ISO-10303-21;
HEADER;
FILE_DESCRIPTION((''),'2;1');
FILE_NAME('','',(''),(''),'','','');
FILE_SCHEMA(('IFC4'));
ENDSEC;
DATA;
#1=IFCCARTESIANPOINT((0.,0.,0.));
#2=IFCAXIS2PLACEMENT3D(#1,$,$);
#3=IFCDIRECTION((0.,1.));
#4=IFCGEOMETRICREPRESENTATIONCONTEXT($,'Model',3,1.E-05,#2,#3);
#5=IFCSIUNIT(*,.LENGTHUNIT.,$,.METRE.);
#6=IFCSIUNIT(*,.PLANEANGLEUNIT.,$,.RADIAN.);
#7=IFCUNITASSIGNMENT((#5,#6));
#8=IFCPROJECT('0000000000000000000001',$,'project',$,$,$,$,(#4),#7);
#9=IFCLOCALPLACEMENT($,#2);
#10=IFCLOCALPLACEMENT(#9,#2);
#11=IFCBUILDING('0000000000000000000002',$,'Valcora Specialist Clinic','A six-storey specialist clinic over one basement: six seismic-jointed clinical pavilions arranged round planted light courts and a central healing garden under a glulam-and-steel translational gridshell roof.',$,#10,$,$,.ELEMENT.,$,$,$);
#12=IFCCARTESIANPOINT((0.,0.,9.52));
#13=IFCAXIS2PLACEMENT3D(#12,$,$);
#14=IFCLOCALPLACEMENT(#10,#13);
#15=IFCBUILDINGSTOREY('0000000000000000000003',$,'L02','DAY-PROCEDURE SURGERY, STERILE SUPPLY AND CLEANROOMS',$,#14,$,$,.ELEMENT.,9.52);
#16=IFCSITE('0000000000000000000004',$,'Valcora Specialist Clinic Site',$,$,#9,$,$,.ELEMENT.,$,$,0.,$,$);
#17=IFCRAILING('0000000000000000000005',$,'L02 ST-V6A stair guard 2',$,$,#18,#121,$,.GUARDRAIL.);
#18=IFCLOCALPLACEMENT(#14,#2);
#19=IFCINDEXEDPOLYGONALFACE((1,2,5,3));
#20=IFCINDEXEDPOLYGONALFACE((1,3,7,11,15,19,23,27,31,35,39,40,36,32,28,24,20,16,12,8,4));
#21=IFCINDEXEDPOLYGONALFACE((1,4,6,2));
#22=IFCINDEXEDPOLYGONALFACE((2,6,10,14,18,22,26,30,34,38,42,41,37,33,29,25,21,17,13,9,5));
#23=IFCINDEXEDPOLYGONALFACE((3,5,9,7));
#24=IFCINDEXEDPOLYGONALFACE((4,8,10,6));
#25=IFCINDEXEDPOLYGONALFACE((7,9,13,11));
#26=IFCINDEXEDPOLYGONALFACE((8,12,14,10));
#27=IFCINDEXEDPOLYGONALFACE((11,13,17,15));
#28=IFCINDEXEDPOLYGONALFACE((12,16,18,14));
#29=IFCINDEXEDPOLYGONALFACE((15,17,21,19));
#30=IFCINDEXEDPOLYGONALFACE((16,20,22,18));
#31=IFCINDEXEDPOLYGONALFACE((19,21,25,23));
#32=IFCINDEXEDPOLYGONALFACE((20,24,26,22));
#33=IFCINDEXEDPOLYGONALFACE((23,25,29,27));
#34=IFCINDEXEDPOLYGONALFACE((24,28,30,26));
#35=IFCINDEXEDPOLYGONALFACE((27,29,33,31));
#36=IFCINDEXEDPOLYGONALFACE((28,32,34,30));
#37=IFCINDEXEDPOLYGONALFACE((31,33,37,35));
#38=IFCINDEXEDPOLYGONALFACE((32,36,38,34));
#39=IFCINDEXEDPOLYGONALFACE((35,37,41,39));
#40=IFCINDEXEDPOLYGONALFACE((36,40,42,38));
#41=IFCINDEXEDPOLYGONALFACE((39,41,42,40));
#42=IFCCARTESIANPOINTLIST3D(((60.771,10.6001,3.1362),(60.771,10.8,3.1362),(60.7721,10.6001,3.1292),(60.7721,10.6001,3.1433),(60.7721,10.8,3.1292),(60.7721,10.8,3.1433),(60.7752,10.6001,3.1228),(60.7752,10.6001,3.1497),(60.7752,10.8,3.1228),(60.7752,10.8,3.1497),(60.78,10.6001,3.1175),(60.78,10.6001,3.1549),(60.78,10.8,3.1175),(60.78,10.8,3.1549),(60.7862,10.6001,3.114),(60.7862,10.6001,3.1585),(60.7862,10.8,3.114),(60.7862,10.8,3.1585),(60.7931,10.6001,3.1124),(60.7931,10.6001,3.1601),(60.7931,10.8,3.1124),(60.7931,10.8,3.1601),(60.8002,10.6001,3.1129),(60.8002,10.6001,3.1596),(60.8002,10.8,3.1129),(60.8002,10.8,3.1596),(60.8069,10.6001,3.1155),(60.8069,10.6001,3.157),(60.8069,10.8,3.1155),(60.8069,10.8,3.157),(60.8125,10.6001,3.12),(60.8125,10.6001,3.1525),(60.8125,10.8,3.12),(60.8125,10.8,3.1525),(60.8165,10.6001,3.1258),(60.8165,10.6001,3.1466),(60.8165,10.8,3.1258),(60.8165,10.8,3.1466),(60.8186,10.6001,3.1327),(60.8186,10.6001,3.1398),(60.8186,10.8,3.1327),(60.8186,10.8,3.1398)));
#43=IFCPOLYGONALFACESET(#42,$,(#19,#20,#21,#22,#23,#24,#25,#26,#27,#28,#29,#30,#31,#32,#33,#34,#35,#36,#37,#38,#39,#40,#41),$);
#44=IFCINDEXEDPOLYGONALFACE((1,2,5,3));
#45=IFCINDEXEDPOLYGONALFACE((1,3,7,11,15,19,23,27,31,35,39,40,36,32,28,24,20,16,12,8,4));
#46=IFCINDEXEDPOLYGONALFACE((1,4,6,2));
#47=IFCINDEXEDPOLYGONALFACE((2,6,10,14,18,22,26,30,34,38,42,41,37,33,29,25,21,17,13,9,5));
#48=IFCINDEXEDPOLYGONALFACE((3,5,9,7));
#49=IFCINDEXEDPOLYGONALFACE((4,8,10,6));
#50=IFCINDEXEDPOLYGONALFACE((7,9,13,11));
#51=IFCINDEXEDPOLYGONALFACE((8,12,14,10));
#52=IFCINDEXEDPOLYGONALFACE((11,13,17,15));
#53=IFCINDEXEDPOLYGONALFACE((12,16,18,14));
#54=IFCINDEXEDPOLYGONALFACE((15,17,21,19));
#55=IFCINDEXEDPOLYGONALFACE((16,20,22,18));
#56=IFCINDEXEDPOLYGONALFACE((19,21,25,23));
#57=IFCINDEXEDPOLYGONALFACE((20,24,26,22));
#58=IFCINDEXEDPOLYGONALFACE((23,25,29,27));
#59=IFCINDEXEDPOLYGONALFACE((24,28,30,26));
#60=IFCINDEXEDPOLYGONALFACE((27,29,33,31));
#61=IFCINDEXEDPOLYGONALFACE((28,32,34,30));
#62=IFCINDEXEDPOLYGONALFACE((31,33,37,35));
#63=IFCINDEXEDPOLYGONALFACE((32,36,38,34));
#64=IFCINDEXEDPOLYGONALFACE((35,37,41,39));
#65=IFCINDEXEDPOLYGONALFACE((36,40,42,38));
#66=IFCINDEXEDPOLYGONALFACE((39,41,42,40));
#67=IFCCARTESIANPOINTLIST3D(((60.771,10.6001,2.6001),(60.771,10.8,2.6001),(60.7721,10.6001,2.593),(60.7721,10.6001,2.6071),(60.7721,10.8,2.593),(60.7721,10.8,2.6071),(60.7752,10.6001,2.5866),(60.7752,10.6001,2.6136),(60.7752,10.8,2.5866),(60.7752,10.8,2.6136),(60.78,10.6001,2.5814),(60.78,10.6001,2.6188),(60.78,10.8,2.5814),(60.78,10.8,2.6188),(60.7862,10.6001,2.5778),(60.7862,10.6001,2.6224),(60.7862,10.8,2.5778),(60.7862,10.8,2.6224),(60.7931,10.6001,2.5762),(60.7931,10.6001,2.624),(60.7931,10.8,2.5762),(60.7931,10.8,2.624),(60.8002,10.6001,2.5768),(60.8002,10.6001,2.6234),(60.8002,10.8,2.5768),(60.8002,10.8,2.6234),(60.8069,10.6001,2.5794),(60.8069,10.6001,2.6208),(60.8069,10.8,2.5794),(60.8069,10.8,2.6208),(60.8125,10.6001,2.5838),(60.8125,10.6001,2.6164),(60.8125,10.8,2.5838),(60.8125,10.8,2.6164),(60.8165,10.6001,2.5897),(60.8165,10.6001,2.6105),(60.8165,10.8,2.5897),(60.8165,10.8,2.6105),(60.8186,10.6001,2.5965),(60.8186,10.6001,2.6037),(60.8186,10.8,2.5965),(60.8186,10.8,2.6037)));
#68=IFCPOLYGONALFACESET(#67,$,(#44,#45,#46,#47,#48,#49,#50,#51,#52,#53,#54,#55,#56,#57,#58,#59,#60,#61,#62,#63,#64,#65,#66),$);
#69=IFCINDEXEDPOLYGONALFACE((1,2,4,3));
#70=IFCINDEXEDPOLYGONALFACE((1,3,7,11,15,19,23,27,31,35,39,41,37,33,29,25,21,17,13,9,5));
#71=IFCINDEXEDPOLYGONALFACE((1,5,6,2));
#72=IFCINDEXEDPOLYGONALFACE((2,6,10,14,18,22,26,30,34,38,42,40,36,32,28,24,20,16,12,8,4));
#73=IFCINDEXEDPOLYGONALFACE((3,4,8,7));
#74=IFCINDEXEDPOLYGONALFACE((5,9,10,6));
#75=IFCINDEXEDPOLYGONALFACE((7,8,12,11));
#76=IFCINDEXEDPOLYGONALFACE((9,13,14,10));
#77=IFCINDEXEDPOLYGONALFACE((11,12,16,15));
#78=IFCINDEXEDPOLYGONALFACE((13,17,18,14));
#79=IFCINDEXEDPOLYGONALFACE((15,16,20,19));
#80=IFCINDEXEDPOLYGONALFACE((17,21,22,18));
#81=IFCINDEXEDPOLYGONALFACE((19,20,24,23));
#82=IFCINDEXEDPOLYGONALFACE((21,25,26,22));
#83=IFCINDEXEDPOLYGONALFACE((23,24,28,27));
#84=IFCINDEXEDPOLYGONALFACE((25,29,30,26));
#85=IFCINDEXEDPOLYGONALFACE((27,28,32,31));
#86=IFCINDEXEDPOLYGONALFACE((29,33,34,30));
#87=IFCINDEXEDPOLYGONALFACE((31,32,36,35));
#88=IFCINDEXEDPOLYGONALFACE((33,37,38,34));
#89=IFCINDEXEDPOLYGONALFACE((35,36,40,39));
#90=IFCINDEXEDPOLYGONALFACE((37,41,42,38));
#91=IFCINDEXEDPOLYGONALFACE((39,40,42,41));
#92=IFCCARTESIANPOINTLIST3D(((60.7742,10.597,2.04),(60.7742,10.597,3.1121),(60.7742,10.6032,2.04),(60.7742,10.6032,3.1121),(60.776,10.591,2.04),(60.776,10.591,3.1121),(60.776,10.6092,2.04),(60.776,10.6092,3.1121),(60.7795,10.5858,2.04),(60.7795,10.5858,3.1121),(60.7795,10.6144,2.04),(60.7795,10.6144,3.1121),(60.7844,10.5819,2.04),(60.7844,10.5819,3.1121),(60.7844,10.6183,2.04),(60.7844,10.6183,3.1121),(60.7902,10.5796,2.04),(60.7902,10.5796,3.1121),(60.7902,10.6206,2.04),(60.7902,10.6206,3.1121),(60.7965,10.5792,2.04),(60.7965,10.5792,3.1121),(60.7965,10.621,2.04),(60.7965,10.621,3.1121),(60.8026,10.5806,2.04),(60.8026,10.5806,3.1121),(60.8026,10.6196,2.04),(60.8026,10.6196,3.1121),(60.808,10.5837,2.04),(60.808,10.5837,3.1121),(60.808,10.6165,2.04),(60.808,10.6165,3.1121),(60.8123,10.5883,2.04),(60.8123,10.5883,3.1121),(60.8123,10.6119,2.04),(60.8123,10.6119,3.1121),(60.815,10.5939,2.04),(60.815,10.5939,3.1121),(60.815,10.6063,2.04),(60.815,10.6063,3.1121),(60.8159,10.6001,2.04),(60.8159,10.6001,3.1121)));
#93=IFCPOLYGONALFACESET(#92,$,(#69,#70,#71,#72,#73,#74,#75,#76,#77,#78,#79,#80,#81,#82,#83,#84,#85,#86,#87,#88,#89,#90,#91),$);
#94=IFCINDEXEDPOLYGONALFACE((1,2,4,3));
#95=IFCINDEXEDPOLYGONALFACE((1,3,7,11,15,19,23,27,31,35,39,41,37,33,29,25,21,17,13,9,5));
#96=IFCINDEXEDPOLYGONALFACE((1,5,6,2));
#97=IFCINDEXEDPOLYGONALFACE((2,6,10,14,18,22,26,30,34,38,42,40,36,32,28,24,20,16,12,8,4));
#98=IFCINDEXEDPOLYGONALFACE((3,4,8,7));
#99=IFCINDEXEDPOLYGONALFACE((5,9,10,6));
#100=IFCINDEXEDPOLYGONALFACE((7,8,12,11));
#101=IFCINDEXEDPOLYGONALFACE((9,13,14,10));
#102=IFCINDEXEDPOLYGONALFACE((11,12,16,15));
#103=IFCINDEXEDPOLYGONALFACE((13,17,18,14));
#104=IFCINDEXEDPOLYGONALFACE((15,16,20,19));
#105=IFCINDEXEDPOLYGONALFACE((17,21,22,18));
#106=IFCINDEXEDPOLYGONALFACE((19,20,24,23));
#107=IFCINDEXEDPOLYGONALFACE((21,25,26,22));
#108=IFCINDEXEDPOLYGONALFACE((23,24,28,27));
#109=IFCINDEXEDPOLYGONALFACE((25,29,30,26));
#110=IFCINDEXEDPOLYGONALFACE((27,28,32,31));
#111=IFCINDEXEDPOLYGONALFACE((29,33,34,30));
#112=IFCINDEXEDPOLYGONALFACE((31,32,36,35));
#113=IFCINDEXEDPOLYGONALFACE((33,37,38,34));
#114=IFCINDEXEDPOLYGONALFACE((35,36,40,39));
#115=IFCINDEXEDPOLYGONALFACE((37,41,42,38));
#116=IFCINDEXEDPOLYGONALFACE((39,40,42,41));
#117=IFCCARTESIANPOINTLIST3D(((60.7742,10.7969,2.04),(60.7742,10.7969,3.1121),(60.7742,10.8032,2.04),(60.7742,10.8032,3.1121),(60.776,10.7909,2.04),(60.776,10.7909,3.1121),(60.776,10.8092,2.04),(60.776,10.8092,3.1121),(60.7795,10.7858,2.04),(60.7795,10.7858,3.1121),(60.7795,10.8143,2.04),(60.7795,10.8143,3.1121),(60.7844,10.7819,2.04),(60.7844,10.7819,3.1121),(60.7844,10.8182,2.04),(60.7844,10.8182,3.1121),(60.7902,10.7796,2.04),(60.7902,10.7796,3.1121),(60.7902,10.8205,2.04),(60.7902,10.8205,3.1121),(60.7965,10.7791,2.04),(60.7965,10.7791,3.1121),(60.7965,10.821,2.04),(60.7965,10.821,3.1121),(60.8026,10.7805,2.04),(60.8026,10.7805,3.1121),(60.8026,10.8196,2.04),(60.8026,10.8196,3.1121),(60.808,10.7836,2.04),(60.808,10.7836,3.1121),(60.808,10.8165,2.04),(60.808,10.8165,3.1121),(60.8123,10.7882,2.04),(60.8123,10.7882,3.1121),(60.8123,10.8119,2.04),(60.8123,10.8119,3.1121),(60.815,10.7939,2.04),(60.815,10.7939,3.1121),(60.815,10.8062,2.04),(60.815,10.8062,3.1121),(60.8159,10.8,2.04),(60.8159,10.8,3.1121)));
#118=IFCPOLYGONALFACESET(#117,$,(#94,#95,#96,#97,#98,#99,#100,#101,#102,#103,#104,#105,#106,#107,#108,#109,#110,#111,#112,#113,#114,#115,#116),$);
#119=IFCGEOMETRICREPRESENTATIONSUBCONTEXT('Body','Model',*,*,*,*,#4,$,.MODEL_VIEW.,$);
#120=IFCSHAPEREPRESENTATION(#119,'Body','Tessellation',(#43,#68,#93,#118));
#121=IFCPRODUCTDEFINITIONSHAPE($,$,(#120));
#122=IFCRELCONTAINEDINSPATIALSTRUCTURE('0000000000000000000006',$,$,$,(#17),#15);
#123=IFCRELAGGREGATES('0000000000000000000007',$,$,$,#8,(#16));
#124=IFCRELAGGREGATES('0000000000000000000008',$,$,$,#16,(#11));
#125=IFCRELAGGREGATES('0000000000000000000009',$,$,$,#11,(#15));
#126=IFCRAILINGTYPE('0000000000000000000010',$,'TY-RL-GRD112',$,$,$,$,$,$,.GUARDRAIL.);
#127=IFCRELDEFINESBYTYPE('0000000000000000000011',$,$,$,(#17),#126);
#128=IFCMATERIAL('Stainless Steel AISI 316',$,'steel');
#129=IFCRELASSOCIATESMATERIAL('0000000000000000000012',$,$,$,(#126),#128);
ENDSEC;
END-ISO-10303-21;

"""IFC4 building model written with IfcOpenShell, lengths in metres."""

from ifc_helpers import new_model, si_unit, direction, frame, origin, origin_2d, place, context, subcontext, project, spatial, circle, extrude, material, type_object, element, save


model = new_model("IFC4")

# Units and contexts
model_context = context("Model", 3, precision=1e-05, world=origin(), true_north=direction((0.0, 1.0)))
body_context = subcontext(model_context, "Body", "Model", "MODEL_VIEW")
ifc_project = project(units=[si_unit("LENGTHUNIT", "METRE"), si_unit("PLANEANGLEUNIT", "RADIAN")], contexts=[model_context])

# Site, building, storey
site_placement = place(None, origin())
site = spatial("IfcSite", under=ifc_project, at=site_placement, Name="Valcora Specialist Clinic Site", CompositionType="ELEMENT", RefElevation=0.0)
building_placement = place(site_placement, origin())
building = spatial("IfcBuilding", under=site, at=building_placement, Name="Valcora Specialist Clinic", Description="A six-storey specialist clinic over one basement: six seismic-jointed clinical pavilions arranged round planted light courts and a central healing garden under a glulam-and-steel translational gridshell roof.", CompositionType="ELEMENT")
storey_placement = place(building_placement, frame((0.0, 0.0, 9.52)))
storey = spatial("IfcBuildingStorey", under=building, at=storey_placement, Name="L02", Description="DAY-PROCEDURE SURGERY, STERILE SUPPLY AND CLEANROOMS", CompositionType="ELEMENT", Elevation=9.52)

# Railing
ifc_material_1 = material(Name="Stainless Steel AISI 316", Category="steel")
railing_type_1 = type_object("IfcRailingType", Name="TY-RL-GRD112", PredefinedType="GUARDRAIL", material=ifc_material_1)
railing_1_placement = place(storey_placement, frame((60.7949, 10.6001, 2.04)))
element("IfcRailing", 1, at=railing_1_placement, inside=storey, type_object=railing_type_1, Name="L02 ST-V6A stair guard 2", PredefinedType="GUARDRAIL", context=body_context, shape_type="SweptSolid", body=[
    extrude(circle(Radius=0.0239, at=origin_2d()), frame((0.0, 0.0, 1.0962), z_axis=(0.0, 1.0, 0.0), x_axis=(-1.0, 0.0, 0.0)), (0.0, 0.0, 1.0), 0.2),
    extrude(circle(Radius=0.0239, at=origin_2d()), frame((0.0, 0.0, 0.5601), z_axis=(0.0, 1.0, 0.0), x_axis=(-1.0, 0.0, 0.0)), (0.0, 0.0, 1.0), 0.2),
    extrude(circle(Radius=0.021, at=origin_2d()), origin(), (0.0, 0.0, 1.0), 1.072),
    extrude(circle(Radius=0.021, at=origin_2d()), frame((0.0, 0.2, 0.0)), (0.0, 0.0, 1.0), 1.072),
])

save(model, "model.ifc")
